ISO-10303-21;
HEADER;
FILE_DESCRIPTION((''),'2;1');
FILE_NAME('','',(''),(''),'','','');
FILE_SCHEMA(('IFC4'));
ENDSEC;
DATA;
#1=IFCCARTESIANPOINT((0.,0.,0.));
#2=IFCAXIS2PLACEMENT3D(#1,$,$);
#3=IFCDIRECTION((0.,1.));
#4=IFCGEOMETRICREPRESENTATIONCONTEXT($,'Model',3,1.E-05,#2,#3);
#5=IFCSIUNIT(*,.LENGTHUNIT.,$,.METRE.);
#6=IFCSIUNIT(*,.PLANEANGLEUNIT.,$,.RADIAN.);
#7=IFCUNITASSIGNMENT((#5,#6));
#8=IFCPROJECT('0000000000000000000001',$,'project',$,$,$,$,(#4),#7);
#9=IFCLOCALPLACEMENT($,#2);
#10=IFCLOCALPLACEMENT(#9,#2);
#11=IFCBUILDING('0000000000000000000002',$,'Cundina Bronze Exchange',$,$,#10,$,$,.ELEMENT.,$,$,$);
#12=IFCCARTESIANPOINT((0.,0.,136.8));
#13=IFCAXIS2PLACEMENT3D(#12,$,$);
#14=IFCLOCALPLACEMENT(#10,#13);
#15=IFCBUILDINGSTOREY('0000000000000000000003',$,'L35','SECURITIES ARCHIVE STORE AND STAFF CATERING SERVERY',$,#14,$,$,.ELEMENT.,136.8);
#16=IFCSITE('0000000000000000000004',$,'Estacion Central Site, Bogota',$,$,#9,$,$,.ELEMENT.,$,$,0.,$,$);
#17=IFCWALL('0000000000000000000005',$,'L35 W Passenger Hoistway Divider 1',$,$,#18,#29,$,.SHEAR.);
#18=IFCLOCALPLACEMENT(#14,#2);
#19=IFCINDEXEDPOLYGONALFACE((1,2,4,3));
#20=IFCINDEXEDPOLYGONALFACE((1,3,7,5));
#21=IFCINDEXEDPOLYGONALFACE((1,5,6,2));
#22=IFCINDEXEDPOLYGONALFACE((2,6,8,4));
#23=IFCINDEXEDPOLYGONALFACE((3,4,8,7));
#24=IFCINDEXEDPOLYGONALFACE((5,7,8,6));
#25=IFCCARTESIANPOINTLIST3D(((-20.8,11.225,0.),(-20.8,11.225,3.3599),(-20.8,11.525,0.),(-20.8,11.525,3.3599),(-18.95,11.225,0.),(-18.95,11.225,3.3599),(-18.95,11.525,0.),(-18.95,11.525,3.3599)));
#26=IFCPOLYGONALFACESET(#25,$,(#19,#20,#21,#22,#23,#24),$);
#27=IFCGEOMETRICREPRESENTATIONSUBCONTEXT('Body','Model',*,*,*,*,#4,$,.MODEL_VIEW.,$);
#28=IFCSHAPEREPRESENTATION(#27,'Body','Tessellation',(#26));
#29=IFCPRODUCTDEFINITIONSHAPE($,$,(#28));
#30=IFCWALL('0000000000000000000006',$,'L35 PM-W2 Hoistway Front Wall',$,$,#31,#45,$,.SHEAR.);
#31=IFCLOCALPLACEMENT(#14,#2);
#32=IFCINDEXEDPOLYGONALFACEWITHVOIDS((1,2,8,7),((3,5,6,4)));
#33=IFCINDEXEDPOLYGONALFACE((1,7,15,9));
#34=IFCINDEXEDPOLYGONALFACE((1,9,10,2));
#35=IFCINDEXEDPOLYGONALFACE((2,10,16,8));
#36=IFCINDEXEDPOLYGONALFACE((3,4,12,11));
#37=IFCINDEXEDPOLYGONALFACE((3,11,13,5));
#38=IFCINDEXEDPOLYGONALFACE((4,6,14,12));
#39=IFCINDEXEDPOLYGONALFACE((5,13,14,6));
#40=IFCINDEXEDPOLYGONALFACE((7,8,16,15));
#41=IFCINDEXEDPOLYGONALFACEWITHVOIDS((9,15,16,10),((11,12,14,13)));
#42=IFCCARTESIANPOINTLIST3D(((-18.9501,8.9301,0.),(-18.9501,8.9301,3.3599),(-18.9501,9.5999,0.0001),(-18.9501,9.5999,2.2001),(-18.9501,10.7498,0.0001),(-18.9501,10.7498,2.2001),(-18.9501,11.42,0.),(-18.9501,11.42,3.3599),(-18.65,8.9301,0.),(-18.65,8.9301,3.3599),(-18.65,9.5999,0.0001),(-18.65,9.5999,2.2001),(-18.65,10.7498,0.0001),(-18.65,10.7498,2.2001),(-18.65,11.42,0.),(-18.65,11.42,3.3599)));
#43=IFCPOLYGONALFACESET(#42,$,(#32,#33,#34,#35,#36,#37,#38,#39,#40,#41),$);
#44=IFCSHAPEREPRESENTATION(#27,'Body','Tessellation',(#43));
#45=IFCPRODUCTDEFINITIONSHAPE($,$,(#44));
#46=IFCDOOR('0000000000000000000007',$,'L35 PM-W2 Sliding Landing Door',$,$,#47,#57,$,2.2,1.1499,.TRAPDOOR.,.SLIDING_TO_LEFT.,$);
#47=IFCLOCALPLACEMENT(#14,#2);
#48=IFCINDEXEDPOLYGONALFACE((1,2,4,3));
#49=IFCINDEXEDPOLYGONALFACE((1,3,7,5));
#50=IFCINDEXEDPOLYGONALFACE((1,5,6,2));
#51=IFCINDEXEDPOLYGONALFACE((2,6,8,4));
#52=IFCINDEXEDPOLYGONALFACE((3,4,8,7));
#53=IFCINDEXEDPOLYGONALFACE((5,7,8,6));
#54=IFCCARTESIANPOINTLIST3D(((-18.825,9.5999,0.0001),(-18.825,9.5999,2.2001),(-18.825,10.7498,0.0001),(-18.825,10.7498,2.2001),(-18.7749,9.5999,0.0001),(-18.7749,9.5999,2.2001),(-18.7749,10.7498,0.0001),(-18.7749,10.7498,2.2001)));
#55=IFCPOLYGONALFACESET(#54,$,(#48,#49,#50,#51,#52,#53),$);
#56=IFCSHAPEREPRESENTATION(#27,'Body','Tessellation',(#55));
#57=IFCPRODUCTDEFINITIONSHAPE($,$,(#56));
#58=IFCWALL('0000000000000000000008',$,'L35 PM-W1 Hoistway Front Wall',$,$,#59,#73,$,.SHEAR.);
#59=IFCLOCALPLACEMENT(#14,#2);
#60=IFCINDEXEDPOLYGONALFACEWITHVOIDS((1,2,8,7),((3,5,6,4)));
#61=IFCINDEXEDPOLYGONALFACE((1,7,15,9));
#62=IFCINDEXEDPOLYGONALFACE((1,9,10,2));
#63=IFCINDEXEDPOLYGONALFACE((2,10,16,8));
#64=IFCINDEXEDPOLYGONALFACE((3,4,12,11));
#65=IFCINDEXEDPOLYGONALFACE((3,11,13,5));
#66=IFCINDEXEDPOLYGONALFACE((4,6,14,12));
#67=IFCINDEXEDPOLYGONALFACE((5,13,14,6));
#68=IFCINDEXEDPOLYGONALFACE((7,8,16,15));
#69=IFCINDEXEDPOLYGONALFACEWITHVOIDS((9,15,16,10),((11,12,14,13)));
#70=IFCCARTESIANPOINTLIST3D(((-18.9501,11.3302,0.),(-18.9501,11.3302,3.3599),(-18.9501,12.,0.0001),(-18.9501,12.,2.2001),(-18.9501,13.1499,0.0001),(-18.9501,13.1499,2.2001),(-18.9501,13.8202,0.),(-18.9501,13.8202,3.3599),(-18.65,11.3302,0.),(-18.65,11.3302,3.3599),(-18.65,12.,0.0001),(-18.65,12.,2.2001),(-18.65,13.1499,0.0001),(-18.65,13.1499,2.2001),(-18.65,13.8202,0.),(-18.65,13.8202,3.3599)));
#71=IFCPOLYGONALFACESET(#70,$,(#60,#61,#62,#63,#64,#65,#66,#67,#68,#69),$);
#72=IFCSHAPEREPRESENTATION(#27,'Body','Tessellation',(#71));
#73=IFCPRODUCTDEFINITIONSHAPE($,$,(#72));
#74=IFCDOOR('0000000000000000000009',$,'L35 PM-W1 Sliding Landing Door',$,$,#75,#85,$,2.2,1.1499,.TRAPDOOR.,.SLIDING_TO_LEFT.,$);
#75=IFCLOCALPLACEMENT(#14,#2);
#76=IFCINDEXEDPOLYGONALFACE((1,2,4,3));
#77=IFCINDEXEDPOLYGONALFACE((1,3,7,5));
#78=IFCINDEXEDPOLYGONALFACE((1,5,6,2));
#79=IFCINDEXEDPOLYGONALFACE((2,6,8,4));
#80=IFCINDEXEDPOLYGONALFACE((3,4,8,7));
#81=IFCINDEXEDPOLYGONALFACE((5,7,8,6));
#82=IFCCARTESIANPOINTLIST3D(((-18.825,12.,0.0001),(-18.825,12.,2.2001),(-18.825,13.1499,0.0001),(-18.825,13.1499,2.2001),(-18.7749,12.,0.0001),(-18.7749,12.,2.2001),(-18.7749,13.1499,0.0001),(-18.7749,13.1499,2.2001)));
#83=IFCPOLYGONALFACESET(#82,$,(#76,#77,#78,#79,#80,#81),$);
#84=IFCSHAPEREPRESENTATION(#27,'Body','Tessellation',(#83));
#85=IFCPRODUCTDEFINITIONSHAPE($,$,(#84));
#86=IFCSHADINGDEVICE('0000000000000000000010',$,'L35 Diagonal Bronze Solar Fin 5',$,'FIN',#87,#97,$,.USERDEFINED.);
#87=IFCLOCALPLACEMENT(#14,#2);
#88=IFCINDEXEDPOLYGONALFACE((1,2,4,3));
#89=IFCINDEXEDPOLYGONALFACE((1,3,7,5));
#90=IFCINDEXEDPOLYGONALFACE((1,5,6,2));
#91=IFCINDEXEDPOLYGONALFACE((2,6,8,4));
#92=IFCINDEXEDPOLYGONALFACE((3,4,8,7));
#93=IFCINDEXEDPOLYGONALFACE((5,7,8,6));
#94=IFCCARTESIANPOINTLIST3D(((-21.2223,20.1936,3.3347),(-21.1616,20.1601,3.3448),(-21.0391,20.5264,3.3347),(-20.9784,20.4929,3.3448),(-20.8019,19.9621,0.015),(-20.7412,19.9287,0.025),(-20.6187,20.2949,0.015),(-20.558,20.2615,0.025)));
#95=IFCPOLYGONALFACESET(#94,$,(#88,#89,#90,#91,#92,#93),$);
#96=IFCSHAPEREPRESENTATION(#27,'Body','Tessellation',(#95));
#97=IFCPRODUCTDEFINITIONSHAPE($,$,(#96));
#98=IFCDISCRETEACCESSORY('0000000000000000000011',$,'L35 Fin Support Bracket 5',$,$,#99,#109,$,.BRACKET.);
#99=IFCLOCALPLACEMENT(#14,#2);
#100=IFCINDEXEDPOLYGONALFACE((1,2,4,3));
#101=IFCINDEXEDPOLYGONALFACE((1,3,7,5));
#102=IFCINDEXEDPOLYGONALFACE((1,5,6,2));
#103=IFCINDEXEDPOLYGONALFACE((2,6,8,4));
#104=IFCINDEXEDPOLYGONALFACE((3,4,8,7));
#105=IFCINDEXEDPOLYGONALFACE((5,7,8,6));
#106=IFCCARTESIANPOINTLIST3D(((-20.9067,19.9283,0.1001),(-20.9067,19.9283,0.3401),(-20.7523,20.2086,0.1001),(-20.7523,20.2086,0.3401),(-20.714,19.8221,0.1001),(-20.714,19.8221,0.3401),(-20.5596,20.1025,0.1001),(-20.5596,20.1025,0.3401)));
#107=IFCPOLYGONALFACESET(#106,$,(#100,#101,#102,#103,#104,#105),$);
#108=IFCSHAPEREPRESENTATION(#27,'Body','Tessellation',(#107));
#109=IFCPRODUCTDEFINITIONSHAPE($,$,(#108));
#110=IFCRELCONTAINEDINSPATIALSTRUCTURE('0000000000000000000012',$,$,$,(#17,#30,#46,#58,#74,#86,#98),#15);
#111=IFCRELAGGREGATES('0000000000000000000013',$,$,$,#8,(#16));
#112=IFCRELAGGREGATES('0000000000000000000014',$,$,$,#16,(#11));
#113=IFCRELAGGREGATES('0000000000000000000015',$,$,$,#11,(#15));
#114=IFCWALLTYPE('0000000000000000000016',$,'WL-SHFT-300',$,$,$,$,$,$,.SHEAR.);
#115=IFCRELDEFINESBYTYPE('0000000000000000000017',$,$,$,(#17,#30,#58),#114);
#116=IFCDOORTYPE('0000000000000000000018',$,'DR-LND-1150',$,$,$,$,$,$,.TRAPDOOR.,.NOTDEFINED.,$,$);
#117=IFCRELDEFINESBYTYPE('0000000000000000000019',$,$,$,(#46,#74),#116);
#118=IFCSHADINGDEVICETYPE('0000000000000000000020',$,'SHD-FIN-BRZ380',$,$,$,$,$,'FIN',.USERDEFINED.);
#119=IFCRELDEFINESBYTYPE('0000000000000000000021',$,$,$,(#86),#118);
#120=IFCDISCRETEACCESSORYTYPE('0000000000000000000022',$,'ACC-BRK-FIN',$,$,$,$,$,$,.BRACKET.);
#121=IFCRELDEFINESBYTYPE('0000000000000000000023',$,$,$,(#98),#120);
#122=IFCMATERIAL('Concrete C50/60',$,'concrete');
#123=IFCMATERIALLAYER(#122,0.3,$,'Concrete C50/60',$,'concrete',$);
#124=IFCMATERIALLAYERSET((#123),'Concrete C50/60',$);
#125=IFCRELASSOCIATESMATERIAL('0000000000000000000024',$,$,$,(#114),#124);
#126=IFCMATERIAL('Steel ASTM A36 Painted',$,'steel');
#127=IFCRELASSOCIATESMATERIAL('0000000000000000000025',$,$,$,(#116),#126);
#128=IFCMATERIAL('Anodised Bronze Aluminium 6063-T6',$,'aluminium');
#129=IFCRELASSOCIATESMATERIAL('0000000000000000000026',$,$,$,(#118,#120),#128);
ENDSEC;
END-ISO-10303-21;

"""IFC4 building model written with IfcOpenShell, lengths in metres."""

from ifc_helpers import new_model, si_unit, direction, frame, frame_2d, origin, origin_2d, place, context, subcontext, project, spatial, rectangle, extrude, material, layer, layer_set, material_profile, profile_set, type_object, element, fill, save


model = new_model("IFC4")

# Units and contexts
model_context = context("Model", 3, precision=1e-05, world=origin(), true_north=direction((0.0, 1.0)))
body_context = subcontext(model_context, "Body", "Model", "MODEL_VIEW")
ifc_project = project(units=[si_unit("LENGTHUNIT", "METRE"), si_unit("PLANEANGLEUNIT", "RADIAN")], contexts=[model_context])

# Site, building, storey
site_placement = place(None, origin())
site = spatial("IfcSite", under=ifc_project, at=site_placement, Name="Estacion Central Site, Bogota", CompositionType="ELEMENT", RefElevation=0.0)
building_placement = place(site_placement, origin())
building = spatial("IfcBuilding", under=site, at=building_placement, Name="Cundina Bronze Exchange", CompositionType="ELEMENT")
storey_placement = place(building_placement, frame((0.0, 0.0, 136.8)))
storey = spatial("IfcBuildingStorey", under=building, at=storey_placement, Name="L35", Description="SECURITIES ARCHIVE STORE AND STAFF CATERING SERVERY", CompositionType="ELEMENT", Elevation=136.8)

# Shared definitions
ifc_material_1 = material(Name="Concrete C50/60", Category="concrete")

# Shared definitions
ifc_material_2 = material(Name="Anodised Bronze Aluminium 6063-T6", Category="aluminium")

# Wall
ifc_layer_1 = layer(ifc_material_1, 0.3, Name="Concrete C50/60", Category="concrete")
ifc_layer_set_1 = layer_set([ifc_layer_1], Name="Concrete C50/60")
wall_type_1 = type_object("IfcWallType", Name="WL-SHFT-300", PredefinedType="SHEAR", material=ifc_layer_set_1)
wall_1_placement = place(storey_placement, frame((-20.8, 11.375, 0.0), z_axis=(0.0, 0.0, 1.0), x_axis=(1.0, 0.0, 0.0)))
element("IfcWall", 1, at=wall_1_placement, inside=storey, type_object=wall_type_1, Name="L35 W Passenger Hoistway Divider 1", PredefinedType="SHEAR", context=body_context, shape_type="SweptSolid", body=[
    extrude(rectangle(XDim=1.8501, YDim=0.3, at=frame_2d((0.925, 0.0))), origin(), (0.0, 0.0, 1.0), 3.3599),
])

# Walls, openings, doors
wall_2_placement = place(storey_placement, frame((-18.8, 8.9299, 0.0), z_axis=(0.0, 0.0, 1.0), x_axis=(0.0, 1.0, 0.0)))
wall_2 = element("IfcWall", 2, at=wall_2_placement, inside=storey, type_object=wall_type_1, Name="L35 PM-W2 Hoistway Front Wall", PredefinedType="SHEAR", context=body_context, shape_type="SweptSolid", body=[
    extrude(rectangle(XDim=2.49, YDim=0.3, at=frame_2d((1.2451, 0.0))), origin(), (0.0, 0.0, 1.0), 3.3599),
])
opening_1_placement = place(wall_2_placement, frame((0.6699, 0.0, 0.0)))
opening_1 = element("IfcOpeningElement", 3, at=opening_1_placement, cuts=wall_2, PredefinedType="OPENING", context=body_context, shape_type="SweptSolid", body=[
    extrude(rectangle(XDim=1.1499, YDim=2.2, at=frame_2d((0.575, 1.1001))), frame((0.0, 0.1599, 0.0), z_axis=(0.0, -1.0, 0.0), x_axis=(1.0, 0.0, 0.0)), (0.0, 0.0, 1.0), 0.3201),
])
ifc_material_3 = material(Name="Steel ASTM A36 Painted", Category="steel")
door_type_1 = type_object("IfcDoorType", Name="DR-LND-1150", OperationType="NOTDEFINED", PredefinedType="TRAPDOOR", material=ifc_material_3)
door_1_placement = place(opening_1_placement, origin())
door_1 = element("IfcDoor", 4, at=door_1_placement, inside=storey, type_object=door_type_1, Name="L35 PM-W2 Sliding Landing Door", OperationType="SLIDING_TO_LEFT", OverallHeight=2.2, OverallWidth=1.1499, PredefinedType="TRAPDOOR", context=body_context, shape_type="SweptSolid", body=[
    extrude(rectangle(XDim=1.1499, YDim=2.2, at=frame_2d((0.575, 1.1001))), frame((0.0, 0.0249, 0.0), z_axis=(0.0, -1.0, 0.0), x_axis=(1.0, 0.0, 0.0)), (0.0, 0.0, 1.0), 0.05),
])
fill(opening_1, door_1)
wall_3_placement = place(storey_placement, frame((-18.8, 11.3301, 0.0), z_axis=(0.0, 0.0, 1.0), x_axis=(0.0, 1.0, 0.0)))
wall_3 = element("IfcWall", 5, at=wall_3_placement, inside=storey, type_object=wall_type_1, Name="L35 PM-W1 Hoistway Front Wall", PredefinedType="SHEAR", context=body_context, shape_type="SweptSolid", body=[
    extrude(rectangle(XDim=2.49, YDim=0.3, at=frame_2d((1.2451, 0.0))), origin(), (0.0, 0.0, 1.0), 3.3599),
])
opening_2_placement = place(wall_3_placement, frame((0.6699, 0.0, 0.0)))
opening_2 = element("IfcOpeningElement", 6, at=opening_2_placement, cuts=wall_3, PredefinedType="OPENING", context=body_context, shape_type="SweptSolid", body=[
    extrude(rectangle(XDim=1.1499, YDim=2.2, at=frame_2d((0.575, 1.1001))), frame((0.0, 0.1599, 0.0), z_axis=(0.0, -1.0, 0.0), x_axis=(1.0, 0.0, 0.0)), (0.0, 0.0, 1.0), 0.3201),
])
door_2_placement = place(opening_2_placement, origin())
door_2 = element("IfcDoor", 7, at=door_2_placement, inside=storey, type_object=door_type_1, Name="L35 PM-W1 Sliding Landing Door", OperationType="SLIDING_TO_LEFT", OverallHeight=2.2, OverallWidth=1.1499, PredefinedType="TRAPDOOR", context=body_context, shape_type="SweptSolid", body=[
    extrude(rectangle(XDim=1.1499, YDim=2.2, at=frame_2d((0.575, 1.1001))), frame((0.0, 0.0249, 0.0), z_axis=(0.0, -1.0, 0.0), x_axis=(1.0, 0.0, 0.0)), (0.0, 0.0, 1.0), 0.05),
])
fill(opening_2, door_2)

# Shading device
ifc_material_profile_1 = material_profile(ifc_material_2, rectangle(XDim=0.0701, YDim=0.3799, at=origin_2d()), Name="FIN70X380", Category="aluminium")
ifc_profile_set_1 = profile_set([ifc_material_profile_1], Name="Anodised Bronze Aluminium 6063-T6")
shading_device_type = type_object("IfcShadingDeviceType", Name="SHD-FIN-BRZ380", ElementType="FIN", PredefinedType="USERDEFINED", material=ifc_profile_set_1)
shading_device_placement = place(storey_placement, frame((-20.6799, 20.1118, 0.02), z_axis=(-0.125333, 0.068999, 0.989712), x_axis=(0.86701, -0.477309, 0.143071)))
element("IfcShadingDevice", 8, at=shading_device_placement, inside=storey, type_object=shading_device_type, Name="L35 Diagonal Bronze Solar Fin 5", ObjectType="FIN", PredefinedType="USERDEFINED", context=body_context, shape_type="SweptSolid", body=[
    extrude(rectangle(XDim=0.0701, YDim=0.3799, at=origin_2d()), origin(), (0.0, 0.0, 1.0), 3.3542),
])

# Discrete accessory
discrete_accessory_type = type_object("IfcDiscreteAccessoryType", Name="ACC-BRK-FIN", PredefinedType="BRACKET", material=ifc_material_2)
discrete_accessory_placement = place(storey_placement, frame((-20.7332, 20.0154, 0.1001), z_axis=(0.0, 0.0, 1.0), x_axis=(-0.875869, 0.482549, 0.0)))
element("IfcDiscreteAccessory", 9, at=discrete_accessory_placement, inside=storey, type_object=discrete_accessory_type, Name="L35 Fin Support Bracket 5", PredefinedType="BRACKET", context=body_context, shape_type="SweptSolid", body=[
    extrude(rectangle(XDim=0.22, YDim=0.3201, at=origin_2d()), origin(), (0.0, 0.0, 1.0), 0.24),
])

save(model, "model.ifc")
